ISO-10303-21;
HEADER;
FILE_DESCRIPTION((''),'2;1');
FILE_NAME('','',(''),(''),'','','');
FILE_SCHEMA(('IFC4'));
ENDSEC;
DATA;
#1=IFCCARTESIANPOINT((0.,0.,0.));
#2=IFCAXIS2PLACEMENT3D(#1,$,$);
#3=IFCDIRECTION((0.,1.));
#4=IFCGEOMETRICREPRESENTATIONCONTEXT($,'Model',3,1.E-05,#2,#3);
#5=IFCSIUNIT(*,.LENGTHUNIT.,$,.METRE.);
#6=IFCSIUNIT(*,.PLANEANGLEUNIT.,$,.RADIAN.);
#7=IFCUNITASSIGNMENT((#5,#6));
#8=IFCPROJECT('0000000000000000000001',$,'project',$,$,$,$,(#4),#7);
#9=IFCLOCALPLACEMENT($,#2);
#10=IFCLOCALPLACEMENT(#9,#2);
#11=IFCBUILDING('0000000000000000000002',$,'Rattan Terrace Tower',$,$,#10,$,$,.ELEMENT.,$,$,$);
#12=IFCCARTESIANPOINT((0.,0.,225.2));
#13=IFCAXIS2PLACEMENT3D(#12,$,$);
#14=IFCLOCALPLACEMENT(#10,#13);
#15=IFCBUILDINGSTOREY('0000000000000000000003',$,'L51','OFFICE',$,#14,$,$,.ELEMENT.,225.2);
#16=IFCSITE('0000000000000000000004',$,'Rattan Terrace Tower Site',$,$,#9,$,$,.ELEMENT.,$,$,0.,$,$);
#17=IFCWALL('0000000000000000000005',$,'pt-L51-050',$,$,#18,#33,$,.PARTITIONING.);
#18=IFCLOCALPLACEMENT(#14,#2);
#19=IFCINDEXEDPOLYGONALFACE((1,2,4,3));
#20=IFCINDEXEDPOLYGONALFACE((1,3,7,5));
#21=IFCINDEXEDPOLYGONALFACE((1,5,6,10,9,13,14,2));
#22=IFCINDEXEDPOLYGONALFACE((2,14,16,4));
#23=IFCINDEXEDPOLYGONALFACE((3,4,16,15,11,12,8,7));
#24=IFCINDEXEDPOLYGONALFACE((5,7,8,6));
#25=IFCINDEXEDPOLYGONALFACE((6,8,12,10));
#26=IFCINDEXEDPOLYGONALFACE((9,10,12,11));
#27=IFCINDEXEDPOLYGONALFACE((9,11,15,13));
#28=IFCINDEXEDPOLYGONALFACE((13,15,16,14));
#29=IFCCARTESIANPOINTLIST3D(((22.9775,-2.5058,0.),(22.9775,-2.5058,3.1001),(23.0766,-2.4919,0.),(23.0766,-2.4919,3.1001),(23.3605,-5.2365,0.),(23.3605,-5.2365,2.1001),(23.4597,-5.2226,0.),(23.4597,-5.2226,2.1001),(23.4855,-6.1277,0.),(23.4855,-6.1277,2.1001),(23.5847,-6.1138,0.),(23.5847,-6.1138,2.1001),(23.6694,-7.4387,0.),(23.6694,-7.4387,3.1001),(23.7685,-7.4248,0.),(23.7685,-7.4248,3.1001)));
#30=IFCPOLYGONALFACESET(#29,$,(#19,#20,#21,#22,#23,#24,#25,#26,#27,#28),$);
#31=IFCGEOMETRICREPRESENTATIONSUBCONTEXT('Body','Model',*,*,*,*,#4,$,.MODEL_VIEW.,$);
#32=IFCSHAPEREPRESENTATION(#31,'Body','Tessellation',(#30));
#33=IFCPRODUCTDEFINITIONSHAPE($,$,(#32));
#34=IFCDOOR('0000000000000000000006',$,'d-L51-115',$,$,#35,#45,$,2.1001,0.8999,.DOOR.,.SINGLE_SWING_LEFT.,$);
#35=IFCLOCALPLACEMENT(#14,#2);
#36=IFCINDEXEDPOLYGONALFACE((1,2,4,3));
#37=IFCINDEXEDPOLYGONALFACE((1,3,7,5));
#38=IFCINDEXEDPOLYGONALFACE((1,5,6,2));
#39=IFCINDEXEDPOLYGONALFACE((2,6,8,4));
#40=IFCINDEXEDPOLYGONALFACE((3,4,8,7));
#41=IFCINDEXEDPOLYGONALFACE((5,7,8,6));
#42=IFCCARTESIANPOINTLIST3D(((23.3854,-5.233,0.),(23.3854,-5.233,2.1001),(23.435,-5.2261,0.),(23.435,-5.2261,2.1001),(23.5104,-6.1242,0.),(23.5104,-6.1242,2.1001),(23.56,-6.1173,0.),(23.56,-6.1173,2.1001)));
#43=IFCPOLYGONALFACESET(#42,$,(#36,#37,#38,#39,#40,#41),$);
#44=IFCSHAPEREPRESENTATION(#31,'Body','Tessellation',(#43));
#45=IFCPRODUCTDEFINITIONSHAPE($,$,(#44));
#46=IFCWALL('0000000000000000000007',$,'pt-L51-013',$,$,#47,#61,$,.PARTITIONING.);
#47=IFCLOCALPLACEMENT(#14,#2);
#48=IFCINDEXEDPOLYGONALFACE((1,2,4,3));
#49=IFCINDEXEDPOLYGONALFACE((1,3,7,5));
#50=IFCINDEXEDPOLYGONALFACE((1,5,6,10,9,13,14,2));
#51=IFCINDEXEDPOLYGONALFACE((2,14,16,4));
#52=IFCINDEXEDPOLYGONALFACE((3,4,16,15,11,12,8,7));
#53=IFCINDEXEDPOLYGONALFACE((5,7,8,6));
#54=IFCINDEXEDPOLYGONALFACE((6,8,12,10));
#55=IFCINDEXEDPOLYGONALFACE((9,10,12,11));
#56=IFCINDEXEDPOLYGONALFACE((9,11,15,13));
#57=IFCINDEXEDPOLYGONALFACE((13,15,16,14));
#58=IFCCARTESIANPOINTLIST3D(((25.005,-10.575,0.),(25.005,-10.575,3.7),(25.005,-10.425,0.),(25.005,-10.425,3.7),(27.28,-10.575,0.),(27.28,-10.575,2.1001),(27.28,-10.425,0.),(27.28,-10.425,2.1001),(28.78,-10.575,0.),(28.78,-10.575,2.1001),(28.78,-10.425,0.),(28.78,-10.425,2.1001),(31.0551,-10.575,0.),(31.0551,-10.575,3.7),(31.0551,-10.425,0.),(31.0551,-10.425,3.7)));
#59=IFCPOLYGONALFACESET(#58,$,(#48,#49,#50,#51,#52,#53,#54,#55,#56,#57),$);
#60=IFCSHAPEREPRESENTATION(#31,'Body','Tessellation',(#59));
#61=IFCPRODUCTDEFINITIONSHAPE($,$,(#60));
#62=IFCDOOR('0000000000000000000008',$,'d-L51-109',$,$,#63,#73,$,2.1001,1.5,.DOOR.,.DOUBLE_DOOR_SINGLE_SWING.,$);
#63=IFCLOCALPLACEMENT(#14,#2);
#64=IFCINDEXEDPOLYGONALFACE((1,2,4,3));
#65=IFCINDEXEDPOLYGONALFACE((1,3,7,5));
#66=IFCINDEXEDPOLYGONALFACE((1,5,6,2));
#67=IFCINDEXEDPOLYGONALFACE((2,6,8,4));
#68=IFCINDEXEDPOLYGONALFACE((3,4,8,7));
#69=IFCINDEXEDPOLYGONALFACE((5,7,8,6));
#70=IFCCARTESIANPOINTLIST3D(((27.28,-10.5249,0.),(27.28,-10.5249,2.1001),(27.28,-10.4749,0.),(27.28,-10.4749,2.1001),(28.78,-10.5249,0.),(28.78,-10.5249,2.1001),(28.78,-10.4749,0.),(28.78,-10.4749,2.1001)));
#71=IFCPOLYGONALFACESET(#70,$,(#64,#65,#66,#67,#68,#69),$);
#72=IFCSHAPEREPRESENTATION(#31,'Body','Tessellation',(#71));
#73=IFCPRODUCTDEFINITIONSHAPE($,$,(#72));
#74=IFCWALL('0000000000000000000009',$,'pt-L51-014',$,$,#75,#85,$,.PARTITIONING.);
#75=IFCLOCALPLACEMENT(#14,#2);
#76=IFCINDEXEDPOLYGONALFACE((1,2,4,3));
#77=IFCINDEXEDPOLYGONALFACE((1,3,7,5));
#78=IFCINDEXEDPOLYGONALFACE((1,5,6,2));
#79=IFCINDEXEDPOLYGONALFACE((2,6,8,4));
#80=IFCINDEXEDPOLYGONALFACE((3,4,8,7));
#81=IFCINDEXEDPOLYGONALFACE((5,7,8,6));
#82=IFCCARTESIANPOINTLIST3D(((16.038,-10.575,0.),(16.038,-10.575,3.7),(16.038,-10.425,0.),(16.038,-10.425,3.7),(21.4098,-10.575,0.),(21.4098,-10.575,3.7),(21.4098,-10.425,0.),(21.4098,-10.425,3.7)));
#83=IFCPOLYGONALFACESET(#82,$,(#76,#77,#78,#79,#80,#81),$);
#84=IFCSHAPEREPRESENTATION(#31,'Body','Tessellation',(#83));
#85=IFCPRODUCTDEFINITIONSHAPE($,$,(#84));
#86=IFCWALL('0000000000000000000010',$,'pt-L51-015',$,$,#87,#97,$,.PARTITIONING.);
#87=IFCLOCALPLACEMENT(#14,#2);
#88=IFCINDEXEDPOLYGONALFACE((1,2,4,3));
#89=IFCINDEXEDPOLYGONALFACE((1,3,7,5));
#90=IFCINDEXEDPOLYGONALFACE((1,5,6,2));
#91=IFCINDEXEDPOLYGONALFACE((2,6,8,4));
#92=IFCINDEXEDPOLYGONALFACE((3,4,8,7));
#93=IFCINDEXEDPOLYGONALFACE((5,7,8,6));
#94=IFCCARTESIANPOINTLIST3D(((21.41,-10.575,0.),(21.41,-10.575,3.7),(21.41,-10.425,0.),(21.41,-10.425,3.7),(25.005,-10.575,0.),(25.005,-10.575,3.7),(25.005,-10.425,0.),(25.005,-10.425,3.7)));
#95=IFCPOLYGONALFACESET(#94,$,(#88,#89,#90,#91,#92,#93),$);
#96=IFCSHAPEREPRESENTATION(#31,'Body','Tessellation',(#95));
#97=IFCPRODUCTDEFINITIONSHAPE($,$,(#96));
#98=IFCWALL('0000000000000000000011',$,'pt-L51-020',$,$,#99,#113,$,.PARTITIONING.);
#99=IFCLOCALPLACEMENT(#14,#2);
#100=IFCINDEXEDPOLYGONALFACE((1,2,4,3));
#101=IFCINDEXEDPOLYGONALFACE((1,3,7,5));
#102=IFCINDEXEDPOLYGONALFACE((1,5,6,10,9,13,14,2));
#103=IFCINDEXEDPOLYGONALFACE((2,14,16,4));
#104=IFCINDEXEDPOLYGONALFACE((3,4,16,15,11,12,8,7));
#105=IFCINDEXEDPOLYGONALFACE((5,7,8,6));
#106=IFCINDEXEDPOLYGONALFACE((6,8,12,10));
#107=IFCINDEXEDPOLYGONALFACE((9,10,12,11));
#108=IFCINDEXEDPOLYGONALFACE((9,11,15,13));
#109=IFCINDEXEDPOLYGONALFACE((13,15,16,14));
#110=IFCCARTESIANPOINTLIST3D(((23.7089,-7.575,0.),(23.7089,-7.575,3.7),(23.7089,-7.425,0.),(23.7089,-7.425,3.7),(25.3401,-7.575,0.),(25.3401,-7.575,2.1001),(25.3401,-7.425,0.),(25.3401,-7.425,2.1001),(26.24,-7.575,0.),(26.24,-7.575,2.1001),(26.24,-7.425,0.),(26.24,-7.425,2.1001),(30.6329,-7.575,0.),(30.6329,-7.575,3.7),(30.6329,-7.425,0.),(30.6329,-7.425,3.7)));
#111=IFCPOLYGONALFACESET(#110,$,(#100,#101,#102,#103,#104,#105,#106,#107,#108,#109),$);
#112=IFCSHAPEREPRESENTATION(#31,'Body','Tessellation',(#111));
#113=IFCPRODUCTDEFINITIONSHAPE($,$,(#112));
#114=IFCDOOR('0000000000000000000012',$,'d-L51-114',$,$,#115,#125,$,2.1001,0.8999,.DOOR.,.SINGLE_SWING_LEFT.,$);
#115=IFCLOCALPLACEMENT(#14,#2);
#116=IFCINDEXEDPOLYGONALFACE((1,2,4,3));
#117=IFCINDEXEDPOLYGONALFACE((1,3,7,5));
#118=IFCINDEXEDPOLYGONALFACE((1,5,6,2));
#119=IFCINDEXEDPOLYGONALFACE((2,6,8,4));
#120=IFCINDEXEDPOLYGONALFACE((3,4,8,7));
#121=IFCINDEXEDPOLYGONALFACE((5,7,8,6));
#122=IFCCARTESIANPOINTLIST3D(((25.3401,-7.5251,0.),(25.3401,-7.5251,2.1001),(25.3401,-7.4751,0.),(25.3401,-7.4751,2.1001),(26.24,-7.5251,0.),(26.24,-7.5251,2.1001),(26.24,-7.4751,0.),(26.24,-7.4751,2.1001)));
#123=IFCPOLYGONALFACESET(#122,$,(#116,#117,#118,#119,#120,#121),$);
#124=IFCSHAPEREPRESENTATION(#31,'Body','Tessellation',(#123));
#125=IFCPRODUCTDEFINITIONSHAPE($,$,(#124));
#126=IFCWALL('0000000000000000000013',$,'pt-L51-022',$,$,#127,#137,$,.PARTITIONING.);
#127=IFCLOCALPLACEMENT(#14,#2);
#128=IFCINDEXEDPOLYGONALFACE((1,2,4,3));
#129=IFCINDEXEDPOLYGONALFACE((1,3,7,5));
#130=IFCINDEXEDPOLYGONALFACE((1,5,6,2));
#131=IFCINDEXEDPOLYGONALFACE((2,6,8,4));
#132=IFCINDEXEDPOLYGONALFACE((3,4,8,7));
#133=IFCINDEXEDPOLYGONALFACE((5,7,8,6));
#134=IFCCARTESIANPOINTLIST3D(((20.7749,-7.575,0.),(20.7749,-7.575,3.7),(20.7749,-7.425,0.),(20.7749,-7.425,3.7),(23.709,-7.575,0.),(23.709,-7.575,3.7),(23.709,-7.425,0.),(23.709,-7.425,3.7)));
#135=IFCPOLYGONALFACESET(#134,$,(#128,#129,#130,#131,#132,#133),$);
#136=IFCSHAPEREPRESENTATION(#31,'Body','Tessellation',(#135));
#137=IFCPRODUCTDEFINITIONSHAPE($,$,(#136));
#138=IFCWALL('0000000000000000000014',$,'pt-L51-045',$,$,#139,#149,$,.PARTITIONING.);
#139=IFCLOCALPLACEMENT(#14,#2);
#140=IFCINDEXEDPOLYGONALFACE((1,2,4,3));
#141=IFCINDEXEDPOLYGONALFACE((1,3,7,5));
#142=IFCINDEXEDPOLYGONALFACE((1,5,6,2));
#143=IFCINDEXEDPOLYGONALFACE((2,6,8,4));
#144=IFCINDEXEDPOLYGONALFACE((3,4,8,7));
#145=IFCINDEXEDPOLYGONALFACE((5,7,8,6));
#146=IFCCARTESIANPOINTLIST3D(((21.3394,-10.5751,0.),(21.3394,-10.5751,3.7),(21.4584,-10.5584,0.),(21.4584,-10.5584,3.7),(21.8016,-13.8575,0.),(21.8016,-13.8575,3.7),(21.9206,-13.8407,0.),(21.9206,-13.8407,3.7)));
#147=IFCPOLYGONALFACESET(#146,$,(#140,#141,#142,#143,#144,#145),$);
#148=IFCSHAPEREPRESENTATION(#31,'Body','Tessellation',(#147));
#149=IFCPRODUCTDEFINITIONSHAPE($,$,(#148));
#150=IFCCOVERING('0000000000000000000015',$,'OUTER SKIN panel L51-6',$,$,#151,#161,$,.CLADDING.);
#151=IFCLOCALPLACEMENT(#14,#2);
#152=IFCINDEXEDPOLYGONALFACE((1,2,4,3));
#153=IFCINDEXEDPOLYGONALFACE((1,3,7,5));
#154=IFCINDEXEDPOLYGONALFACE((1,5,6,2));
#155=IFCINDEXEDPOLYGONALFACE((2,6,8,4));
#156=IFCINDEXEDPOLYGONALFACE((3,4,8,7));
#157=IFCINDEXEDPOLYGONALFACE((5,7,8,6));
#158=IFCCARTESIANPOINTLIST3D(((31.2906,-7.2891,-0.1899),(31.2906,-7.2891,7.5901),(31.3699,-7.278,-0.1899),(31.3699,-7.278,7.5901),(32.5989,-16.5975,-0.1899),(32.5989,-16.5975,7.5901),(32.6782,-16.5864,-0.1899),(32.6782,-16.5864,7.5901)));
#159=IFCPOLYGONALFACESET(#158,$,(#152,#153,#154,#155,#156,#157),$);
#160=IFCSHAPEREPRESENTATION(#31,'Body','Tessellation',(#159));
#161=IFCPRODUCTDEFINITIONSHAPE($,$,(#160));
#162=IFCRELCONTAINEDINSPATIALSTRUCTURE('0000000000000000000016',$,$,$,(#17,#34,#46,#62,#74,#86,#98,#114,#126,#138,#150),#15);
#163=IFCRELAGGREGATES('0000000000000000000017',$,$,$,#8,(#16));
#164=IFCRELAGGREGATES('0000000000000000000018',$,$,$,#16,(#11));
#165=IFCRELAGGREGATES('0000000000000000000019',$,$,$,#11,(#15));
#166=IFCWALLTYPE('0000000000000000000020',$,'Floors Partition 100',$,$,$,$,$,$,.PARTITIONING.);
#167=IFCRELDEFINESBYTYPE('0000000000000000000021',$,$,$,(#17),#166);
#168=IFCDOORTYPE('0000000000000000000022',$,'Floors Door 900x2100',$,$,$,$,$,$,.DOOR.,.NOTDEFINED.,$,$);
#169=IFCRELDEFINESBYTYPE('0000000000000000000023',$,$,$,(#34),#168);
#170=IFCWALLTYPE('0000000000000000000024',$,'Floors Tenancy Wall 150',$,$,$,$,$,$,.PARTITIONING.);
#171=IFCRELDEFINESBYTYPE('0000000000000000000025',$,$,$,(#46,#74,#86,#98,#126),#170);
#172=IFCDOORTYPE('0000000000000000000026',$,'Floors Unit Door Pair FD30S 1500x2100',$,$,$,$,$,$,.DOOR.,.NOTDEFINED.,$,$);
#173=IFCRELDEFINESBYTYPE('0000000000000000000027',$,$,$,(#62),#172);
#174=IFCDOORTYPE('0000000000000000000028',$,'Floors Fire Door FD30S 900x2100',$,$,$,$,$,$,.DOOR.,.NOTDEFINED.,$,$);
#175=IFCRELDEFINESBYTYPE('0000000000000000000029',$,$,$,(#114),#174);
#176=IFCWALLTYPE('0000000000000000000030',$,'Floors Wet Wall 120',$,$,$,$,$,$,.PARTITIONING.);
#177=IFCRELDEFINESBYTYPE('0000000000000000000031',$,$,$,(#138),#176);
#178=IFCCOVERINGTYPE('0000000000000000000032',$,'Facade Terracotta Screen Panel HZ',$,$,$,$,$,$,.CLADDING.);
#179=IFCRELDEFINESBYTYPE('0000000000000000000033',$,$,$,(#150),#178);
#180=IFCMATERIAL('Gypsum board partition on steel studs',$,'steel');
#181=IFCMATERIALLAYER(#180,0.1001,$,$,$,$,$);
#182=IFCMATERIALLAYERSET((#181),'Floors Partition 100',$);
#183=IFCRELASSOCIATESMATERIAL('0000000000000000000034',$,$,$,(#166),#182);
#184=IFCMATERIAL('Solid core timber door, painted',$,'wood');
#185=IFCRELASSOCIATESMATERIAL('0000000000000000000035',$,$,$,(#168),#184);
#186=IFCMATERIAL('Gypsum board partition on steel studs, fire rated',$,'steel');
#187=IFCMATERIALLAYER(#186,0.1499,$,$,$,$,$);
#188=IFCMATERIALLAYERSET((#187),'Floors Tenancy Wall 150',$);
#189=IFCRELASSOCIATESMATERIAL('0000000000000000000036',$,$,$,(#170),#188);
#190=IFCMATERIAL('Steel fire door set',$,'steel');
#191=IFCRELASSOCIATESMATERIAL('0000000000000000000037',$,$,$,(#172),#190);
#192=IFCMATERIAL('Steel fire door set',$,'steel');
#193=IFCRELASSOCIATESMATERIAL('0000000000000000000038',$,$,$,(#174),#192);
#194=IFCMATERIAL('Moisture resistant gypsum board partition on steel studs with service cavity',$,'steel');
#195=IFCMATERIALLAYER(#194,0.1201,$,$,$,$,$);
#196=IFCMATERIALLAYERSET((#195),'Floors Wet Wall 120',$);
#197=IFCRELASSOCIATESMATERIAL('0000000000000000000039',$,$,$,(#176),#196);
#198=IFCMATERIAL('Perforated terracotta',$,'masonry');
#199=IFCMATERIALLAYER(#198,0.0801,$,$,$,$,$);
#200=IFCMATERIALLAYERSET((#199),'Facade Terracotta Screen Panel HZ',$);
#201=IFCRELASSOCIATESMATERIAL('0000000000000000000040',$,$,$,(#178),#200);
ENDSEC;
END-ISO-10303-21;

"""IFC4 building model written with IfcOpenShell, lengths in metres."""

from ifc_helpers import new_model, si_unit, direction, frame, frame_2d, origin, origin_2d, place, context, subcontext, project, spatial, rectangle, extrude, material, layer, layer_set, type_object, element, fill, save


model = new_model("IFC4")

# Units and contexts
model_context = context("Model", 3, precision=1e-05, world=origin(), true_north=direction((0.0, 1.0)))
body_context = subcontext(model_context, "Body", "Model", "MODEL_VIEW")
ifc_project = project(units=[si_unit("LENGTHUNIT", "METRE"), si_unit("PLANEANGLEUNIT", "RADIAN")], contexts=[model_context])

# Site, building, storey
site_placement = place(None, origin())
site = spatial("IfcSite", under=ifc_project, at=site_placement, Name="Rattan Terrace Tower Site", CompositionType="ELEMENT", RefElevation=0.0)
building_placement = place(site_placement, origin())
building = spatial("IfcBuilding", under=site, at=building_placement, Name="Rattan Terrace Tower", CompositionType="ELEMENT")
storey_placement = place(building_placement, frame((0.0, 0.0, 225.2)))
storey = spatial("IfcBuildingStorey", under=building, at=storey_placement, Name="L51", Description="OFFICE", CompositionType="ELEMENT", Elevation=225.2)

# Shared definitions
ifc_material_1 = material(Name="Gypsum board partition on steel studs", Category="steel")
ifc_layer_1 = layer(ifc_material_1, 0.1001)
ifc_layer_set_1 = layer_set([ifc_layer_1], Name="Floors Partition 100")
wall_type_1 = type_object("IfcWallType", Name="Floors Partition 100", PredefinedType="PARTITIONING", material=ifc_layer_set_1)
ifc_material_2 = material(Name="Solid core timber door, painted", Category="wood")
door_type_1 = type_object("IfcDoorType", Name="Floors Door 900x2100", OperationType="NOTDEFINED", PredefinedType="DOOR", material=ifc_material_2)

# Walls, openings, doors
wall_1_placement = place(storey_placement, frame((23.719, -7.4319, 0.0), z_axis=(0.0, 0.0, 1.0), x_axis=(-0.138903, 0.990306, 0.0)))
wall_1 = element("IfcWall", 1, at=wall_1_placement, inside=storey, type_object=wall_type_1, Name="pt-L51-050", PredefinedType="PARTITIONING", context=body_context, shape_type="SweptSolid", body=[
    extrude(rectangle(XDim=4.9812, YDim=0.1001, at=frame_2d((2.4907, 0.0))), origin(), (0.0, 0.0, 1.0), 3.1001),
])
opening_1_placement = place(wall_1_placement, frame((1.324, 0.0, 0.0)))
opening_1 = element("IfcOpeningElement", 2, at=opening_1_placement, cuts=wall_1, PredefinedType="OPENING", context=body_context, shape_type="SweptSolid", body=[
    extrude(rectangle(XDim=0.8999, YDim=2.1001, at=frame_2d((0.45, 1.05))), frame((0.0, 0.0605, 0.0), z_axis=(0.0, -1.0, 0.0), x_axis=(1.0, 0.0, 0.0)), (0.0, 0.0, 1.0), 0.1211),
])
door_1_placement = place(opening_1_placement, origin())
door_1 = element("IfcDoor", 3, at=door_1_placement, inside=storey, type_object=door_type_1, Name="d-L51-115", OperationType="SINGLE_SWING_LEFT", OverallHeight=2.1001, OverallWidth=0.8999, PredefinedType="DOOR", context=body_context, shape_type="SweptSolid", body=[
    extrude(rectangle(XDim=0.8999, YDim=2.1001, at=frame_2d((0.45, 1.05))), frame((0.0, 0.0249, 0.0), z_axis=(0.0, -1.0, 0.0), x_axis=(1.0, 0.0, 0.0)), (0.0, 0.0, 1.0), 0.05),
])
fill(opening_1, door_1)
ifc_material_3 = material(Name="Gypsum board partition on steel studs, fire rated", Category="steel")
ifc_layer_2 = layer(ifc_material_3, 0.1499)
ifc_layer_set_2 = layer_set([ifc_layer_2], Name="Floors Tenancy Wall 150")
wall_type_2 = type_object("IfcWallType", Name="Floors Tenancy Wall 150", PredefinedType="PARTITIONING", material=ifc_layer_set_2)
wall_2_placement = place(storey_placement, frame((31.0549, -10.5, 0.0), z_axis=(0.0, 0.0, 1.0), x_axis=(-1.0, 0.0, 0.0)))
wall_2 = element("IfcWall", 4, at=wall_2_placement, inside=storey, type_object=wall_type_2, Name="pt-L51-013", PredefinedType="PARTITIONING", context=body_context, shape_type="SweptSolid", body=[
    extrude(rectangle(XDim=6.05, YDim=0.1499, at=frame_2d((3.0249, 0.0))), origin(), (0.0, 0.0, 1.0), 3.7),
])
opening_2_placement = place(wall_2_placement, frame((2.2749, 0.0, 0.0)))
opening_2 = element("IfcOpeningElement", 5, at=opening_2_placement, cuts=wall_2, PredefinedType="OPENING", context=body_context, shape_type="SweptSolid", body=[
    extrude(rectangle(XDim=1.5, YDim=2.1001, at=frame_2d((0.75, 1.05))), frame((0.0, 0.0854, 0.0), z_axis=(0.0, -1.0, 0.0), x_axis=(1.0, 0.0, 0.0)), (0.0, 0.0, 1.0), 0.1709),
])
ifc_material_4 = material(Name="Steel fire door set", Category="steel")
door_type_2 = type_object("IfcDoorType", Name="Floors Unit Door Pair FD30S 1500x2100", OperationType="NOTDEFINED", PredefinedType="DOOR", material=ifc_material_4)
door_2_placement = place(opening_2_placement, origin())
door_2 = element("IfcDoor", 6, at=door_2_placement, inside=storey, type_object=door_type_2, Name="d-L51-109", OperationType="DOUBLE_DOOR_SINGLE_SWING", OverallHeight=2.1001, OverallWidth=1.5, PredefinedType="DOOR", context=body_context, shape_type="SweptSolid", body=[
    extrude(rectangle(XDim=1.5, YDim=2.1001, at=frame_2d((0.75, 1.05))), frame((0.0, 0.0249, 0.0), z_axis=(0.0, -1.0, 0.0), x_axis=(1.0, 0.0, 0.0)), (0.0, 0.0, 1.0), 0.05),
])
fill(opening_2, door_2)

# Walls
wall_3_placement = place(storey_placement, frame((21.4099, -10.5, 0.0), z_axis=(0.0, 0.0, 1.0), x_axis=(-1.0, 0.0, 0.0)))
element("IfcWall", 7, at=wall_3_placement, inside=storey, type_object=wall_type_2, Name="pt-L51-014", PredefinedType="PARTITIONING", context=body_context, shape_type="SweptSolid", body=[
    extrude(rectangle(XDim=5.3718, YDim=0.1499, at=frame_2d((2.686, 0.0))), origin(), (0.0, 0.0, 1.0), 3.7),
])
wall_4_placement = place(storey_placement, frame((25.0049, -10.5, 0.0), z_axis=(0.0, 0.0, 1.0), x_axis=(-1.0, 0.0, 0.0)))
element("IfcWall", 8, at=wall_4_placement, inside=storey, type_object=wall_type_2, Name="pt-L51-015", PredefinedType="PARTITIONING", context=body_context, shape_type="SweptSolid", body=[
    extrude(rectangle(XDim=3.595, YDim=0.1499, at=frame_2d((1.7974, 0.0))), origin(), (0.0, 0.0, 1.0), 3.7),
])

# Wall, opening, door
wall_5_placement = place(storey_placement, frame((23.709, -7.5, 0.0), z_axis=(0.0, 0.0, 1.0), x_axis=(1.0, 0.0, 0.0)))
wall_5 = element("IfcWall", 9, at=wall_5_placement, inside=storey, type_object=wall_type_2, Name="pt-L51-020", PredefinedType="PARTITIONING", context=body_context, shape_type="SweptSolid", body=[
    extrude(rectangle(XDim=6.9241, YDim=0.1499, at=frame_2d((3.4619, 0.0))), origin(), (0.0, 0.0, 1.0), 3.7),
])
opening_3_placement = place(wall_5_placement, frame((1.6311, 0.0, 0.0)))
opening_3 = element("IfcOpeningElement", 10, at=opening_3_placement, cuts=wall_5, PredefinedType="OPENING", context=body_context, shape_type="SweptSolid", body=[
    extrude(rectangle(XDim=0.8999, YDim=2.1001, at=frame_2d((0.45, 1.05))), frame((0.0, 0.0854, 0.0), z_axis=(0.0, -1.0, 0.0), x_axis=(1.0, 0.0, 0.0)), (0.0, 0.0, 1.0), 0.1709),
])
ifc_material_5 = material(Name="Steel fire door set", Category="steel")
door_type_3 = type_object("IfcDoorType", Name="Floors Fire Door FD30S 900x2100", OperationType="NOTDEFINED", PredefinedType="DOOR", material=ifc_material_5)
door_3_placement = place(opening_3_placement, origin())
door_3 = element("IfcDoor", 11, at=door_3_placement, inside=storey, type_object=door_type_3, Name="d-L51-114", OperationType="SINGLE_SWING_LEFT", OverallHeight=2.1001, OverallWidth=0.8999, PredefinedType="DOOR", context=body_context, shape_type="SweptSolid", body=[
    extrude(rectangle(XDim=0.8999, YDim=2.1001, at=frame_2d((0.45, 1.05))), frame((0.0, 0.0249, 0.0), z_axis=(0.0, -1.0, 0.0), x_axis=(1.0, 0.0, 0.0)), (0.0, 0.0, 1.0), 0.05),
])
fill(opening_3, door_3)

# Walls
wall_6_placement = place(storey_placement, frame((20.7749, -7.5, 0.0), z_axis=(0.0, 0.0, 1.0), x_axis=(1.0, 0.0, 0.0)))
element("IfcWall", 12, at=wall_6_placement, inside=storey, type_object=wall_type_2, Name="pt-L51-022", PredefinedType="PARTITIONING", context=body_context, shape_type="SweptSolid", body=[
    extrude(rectangle(XDim=2.9341, YDim=0.1499, at=frame_2d((1.467, 0.0))), origin(), (0.0, 0.0, 1.0), 3.7),
])
ifc_material_6 = material(Name="Moisture resistant gypsum board partition on steel studs with service cavity", Category="steel")
ifc_layer_3 = layer(ifc_material_6, 0.1201)
ifc_layer_set_3 = layer_set([ifc_layer_3], Name="Floors Wet Wall 120")
wall_type_3 = type_object("IfcWallType", Name="Floors Wet Wall 120", PredefinedType="PARTITIONING", material=ifc_layer_set_3)
wall_7_placement = place(storey_placement, frame((21.3989, -10.5669, 0.0), z_axis=(0.0, 0.0, 1.0), x_axis=(0.139431, -0.990232, 0.0)))
element("IfcWall", 13, at=wall_7_placement, inside=storey, type_object=wall_type_3, Name="pt-L51-045", PredefinedType="PARTITIONING", context=body_context, shape_type="SweptSolid", body=[
    extrude(rectangle(XDim=3.3147, YDim=0.1201, at=frame_2d((1.6572, 0.0))), origin(), (0.0, 0.0, 1.0), 3.7),
])

# Covering
ifc_material_7 = material(Name="Perforated terracotta", Category="masonry")
ifc_layer_4 = layer(ifc_material_7, 0.0801)
ifc_layer_set_4 = layer_set([ifc_layer_4], Name="Facade Terracotta Screen Panel HZ")
covering_type = type_object("IfcCoveringType", Name="Facade Terracotta Screen Panel HZ", PredefinedType="CLADDING", material=ifc_layer_set_4)
covering_placement = place(storey_placement, frame((31.9844, -11.9377, -0.1899), z_axis=(0.0, 0.0, 1.0), x_axis=(-0.139186, 0.990266, 0.0)))
element("IfcCovering", 14, at=covering_placement, inside=storey, type_object=covering_type, Name="OUTER SKIN panel L51-6", PredefinedType="CLADDING", context=body_context, shape_type="SweptSolid", body=[
    extrude(rectangle(XDim=9.3999, YDim=0.0801, at=origin_2d()), origin(), (0.0, 0.0, 1.0), 7.78),
])

save(model, "model.ifc")
